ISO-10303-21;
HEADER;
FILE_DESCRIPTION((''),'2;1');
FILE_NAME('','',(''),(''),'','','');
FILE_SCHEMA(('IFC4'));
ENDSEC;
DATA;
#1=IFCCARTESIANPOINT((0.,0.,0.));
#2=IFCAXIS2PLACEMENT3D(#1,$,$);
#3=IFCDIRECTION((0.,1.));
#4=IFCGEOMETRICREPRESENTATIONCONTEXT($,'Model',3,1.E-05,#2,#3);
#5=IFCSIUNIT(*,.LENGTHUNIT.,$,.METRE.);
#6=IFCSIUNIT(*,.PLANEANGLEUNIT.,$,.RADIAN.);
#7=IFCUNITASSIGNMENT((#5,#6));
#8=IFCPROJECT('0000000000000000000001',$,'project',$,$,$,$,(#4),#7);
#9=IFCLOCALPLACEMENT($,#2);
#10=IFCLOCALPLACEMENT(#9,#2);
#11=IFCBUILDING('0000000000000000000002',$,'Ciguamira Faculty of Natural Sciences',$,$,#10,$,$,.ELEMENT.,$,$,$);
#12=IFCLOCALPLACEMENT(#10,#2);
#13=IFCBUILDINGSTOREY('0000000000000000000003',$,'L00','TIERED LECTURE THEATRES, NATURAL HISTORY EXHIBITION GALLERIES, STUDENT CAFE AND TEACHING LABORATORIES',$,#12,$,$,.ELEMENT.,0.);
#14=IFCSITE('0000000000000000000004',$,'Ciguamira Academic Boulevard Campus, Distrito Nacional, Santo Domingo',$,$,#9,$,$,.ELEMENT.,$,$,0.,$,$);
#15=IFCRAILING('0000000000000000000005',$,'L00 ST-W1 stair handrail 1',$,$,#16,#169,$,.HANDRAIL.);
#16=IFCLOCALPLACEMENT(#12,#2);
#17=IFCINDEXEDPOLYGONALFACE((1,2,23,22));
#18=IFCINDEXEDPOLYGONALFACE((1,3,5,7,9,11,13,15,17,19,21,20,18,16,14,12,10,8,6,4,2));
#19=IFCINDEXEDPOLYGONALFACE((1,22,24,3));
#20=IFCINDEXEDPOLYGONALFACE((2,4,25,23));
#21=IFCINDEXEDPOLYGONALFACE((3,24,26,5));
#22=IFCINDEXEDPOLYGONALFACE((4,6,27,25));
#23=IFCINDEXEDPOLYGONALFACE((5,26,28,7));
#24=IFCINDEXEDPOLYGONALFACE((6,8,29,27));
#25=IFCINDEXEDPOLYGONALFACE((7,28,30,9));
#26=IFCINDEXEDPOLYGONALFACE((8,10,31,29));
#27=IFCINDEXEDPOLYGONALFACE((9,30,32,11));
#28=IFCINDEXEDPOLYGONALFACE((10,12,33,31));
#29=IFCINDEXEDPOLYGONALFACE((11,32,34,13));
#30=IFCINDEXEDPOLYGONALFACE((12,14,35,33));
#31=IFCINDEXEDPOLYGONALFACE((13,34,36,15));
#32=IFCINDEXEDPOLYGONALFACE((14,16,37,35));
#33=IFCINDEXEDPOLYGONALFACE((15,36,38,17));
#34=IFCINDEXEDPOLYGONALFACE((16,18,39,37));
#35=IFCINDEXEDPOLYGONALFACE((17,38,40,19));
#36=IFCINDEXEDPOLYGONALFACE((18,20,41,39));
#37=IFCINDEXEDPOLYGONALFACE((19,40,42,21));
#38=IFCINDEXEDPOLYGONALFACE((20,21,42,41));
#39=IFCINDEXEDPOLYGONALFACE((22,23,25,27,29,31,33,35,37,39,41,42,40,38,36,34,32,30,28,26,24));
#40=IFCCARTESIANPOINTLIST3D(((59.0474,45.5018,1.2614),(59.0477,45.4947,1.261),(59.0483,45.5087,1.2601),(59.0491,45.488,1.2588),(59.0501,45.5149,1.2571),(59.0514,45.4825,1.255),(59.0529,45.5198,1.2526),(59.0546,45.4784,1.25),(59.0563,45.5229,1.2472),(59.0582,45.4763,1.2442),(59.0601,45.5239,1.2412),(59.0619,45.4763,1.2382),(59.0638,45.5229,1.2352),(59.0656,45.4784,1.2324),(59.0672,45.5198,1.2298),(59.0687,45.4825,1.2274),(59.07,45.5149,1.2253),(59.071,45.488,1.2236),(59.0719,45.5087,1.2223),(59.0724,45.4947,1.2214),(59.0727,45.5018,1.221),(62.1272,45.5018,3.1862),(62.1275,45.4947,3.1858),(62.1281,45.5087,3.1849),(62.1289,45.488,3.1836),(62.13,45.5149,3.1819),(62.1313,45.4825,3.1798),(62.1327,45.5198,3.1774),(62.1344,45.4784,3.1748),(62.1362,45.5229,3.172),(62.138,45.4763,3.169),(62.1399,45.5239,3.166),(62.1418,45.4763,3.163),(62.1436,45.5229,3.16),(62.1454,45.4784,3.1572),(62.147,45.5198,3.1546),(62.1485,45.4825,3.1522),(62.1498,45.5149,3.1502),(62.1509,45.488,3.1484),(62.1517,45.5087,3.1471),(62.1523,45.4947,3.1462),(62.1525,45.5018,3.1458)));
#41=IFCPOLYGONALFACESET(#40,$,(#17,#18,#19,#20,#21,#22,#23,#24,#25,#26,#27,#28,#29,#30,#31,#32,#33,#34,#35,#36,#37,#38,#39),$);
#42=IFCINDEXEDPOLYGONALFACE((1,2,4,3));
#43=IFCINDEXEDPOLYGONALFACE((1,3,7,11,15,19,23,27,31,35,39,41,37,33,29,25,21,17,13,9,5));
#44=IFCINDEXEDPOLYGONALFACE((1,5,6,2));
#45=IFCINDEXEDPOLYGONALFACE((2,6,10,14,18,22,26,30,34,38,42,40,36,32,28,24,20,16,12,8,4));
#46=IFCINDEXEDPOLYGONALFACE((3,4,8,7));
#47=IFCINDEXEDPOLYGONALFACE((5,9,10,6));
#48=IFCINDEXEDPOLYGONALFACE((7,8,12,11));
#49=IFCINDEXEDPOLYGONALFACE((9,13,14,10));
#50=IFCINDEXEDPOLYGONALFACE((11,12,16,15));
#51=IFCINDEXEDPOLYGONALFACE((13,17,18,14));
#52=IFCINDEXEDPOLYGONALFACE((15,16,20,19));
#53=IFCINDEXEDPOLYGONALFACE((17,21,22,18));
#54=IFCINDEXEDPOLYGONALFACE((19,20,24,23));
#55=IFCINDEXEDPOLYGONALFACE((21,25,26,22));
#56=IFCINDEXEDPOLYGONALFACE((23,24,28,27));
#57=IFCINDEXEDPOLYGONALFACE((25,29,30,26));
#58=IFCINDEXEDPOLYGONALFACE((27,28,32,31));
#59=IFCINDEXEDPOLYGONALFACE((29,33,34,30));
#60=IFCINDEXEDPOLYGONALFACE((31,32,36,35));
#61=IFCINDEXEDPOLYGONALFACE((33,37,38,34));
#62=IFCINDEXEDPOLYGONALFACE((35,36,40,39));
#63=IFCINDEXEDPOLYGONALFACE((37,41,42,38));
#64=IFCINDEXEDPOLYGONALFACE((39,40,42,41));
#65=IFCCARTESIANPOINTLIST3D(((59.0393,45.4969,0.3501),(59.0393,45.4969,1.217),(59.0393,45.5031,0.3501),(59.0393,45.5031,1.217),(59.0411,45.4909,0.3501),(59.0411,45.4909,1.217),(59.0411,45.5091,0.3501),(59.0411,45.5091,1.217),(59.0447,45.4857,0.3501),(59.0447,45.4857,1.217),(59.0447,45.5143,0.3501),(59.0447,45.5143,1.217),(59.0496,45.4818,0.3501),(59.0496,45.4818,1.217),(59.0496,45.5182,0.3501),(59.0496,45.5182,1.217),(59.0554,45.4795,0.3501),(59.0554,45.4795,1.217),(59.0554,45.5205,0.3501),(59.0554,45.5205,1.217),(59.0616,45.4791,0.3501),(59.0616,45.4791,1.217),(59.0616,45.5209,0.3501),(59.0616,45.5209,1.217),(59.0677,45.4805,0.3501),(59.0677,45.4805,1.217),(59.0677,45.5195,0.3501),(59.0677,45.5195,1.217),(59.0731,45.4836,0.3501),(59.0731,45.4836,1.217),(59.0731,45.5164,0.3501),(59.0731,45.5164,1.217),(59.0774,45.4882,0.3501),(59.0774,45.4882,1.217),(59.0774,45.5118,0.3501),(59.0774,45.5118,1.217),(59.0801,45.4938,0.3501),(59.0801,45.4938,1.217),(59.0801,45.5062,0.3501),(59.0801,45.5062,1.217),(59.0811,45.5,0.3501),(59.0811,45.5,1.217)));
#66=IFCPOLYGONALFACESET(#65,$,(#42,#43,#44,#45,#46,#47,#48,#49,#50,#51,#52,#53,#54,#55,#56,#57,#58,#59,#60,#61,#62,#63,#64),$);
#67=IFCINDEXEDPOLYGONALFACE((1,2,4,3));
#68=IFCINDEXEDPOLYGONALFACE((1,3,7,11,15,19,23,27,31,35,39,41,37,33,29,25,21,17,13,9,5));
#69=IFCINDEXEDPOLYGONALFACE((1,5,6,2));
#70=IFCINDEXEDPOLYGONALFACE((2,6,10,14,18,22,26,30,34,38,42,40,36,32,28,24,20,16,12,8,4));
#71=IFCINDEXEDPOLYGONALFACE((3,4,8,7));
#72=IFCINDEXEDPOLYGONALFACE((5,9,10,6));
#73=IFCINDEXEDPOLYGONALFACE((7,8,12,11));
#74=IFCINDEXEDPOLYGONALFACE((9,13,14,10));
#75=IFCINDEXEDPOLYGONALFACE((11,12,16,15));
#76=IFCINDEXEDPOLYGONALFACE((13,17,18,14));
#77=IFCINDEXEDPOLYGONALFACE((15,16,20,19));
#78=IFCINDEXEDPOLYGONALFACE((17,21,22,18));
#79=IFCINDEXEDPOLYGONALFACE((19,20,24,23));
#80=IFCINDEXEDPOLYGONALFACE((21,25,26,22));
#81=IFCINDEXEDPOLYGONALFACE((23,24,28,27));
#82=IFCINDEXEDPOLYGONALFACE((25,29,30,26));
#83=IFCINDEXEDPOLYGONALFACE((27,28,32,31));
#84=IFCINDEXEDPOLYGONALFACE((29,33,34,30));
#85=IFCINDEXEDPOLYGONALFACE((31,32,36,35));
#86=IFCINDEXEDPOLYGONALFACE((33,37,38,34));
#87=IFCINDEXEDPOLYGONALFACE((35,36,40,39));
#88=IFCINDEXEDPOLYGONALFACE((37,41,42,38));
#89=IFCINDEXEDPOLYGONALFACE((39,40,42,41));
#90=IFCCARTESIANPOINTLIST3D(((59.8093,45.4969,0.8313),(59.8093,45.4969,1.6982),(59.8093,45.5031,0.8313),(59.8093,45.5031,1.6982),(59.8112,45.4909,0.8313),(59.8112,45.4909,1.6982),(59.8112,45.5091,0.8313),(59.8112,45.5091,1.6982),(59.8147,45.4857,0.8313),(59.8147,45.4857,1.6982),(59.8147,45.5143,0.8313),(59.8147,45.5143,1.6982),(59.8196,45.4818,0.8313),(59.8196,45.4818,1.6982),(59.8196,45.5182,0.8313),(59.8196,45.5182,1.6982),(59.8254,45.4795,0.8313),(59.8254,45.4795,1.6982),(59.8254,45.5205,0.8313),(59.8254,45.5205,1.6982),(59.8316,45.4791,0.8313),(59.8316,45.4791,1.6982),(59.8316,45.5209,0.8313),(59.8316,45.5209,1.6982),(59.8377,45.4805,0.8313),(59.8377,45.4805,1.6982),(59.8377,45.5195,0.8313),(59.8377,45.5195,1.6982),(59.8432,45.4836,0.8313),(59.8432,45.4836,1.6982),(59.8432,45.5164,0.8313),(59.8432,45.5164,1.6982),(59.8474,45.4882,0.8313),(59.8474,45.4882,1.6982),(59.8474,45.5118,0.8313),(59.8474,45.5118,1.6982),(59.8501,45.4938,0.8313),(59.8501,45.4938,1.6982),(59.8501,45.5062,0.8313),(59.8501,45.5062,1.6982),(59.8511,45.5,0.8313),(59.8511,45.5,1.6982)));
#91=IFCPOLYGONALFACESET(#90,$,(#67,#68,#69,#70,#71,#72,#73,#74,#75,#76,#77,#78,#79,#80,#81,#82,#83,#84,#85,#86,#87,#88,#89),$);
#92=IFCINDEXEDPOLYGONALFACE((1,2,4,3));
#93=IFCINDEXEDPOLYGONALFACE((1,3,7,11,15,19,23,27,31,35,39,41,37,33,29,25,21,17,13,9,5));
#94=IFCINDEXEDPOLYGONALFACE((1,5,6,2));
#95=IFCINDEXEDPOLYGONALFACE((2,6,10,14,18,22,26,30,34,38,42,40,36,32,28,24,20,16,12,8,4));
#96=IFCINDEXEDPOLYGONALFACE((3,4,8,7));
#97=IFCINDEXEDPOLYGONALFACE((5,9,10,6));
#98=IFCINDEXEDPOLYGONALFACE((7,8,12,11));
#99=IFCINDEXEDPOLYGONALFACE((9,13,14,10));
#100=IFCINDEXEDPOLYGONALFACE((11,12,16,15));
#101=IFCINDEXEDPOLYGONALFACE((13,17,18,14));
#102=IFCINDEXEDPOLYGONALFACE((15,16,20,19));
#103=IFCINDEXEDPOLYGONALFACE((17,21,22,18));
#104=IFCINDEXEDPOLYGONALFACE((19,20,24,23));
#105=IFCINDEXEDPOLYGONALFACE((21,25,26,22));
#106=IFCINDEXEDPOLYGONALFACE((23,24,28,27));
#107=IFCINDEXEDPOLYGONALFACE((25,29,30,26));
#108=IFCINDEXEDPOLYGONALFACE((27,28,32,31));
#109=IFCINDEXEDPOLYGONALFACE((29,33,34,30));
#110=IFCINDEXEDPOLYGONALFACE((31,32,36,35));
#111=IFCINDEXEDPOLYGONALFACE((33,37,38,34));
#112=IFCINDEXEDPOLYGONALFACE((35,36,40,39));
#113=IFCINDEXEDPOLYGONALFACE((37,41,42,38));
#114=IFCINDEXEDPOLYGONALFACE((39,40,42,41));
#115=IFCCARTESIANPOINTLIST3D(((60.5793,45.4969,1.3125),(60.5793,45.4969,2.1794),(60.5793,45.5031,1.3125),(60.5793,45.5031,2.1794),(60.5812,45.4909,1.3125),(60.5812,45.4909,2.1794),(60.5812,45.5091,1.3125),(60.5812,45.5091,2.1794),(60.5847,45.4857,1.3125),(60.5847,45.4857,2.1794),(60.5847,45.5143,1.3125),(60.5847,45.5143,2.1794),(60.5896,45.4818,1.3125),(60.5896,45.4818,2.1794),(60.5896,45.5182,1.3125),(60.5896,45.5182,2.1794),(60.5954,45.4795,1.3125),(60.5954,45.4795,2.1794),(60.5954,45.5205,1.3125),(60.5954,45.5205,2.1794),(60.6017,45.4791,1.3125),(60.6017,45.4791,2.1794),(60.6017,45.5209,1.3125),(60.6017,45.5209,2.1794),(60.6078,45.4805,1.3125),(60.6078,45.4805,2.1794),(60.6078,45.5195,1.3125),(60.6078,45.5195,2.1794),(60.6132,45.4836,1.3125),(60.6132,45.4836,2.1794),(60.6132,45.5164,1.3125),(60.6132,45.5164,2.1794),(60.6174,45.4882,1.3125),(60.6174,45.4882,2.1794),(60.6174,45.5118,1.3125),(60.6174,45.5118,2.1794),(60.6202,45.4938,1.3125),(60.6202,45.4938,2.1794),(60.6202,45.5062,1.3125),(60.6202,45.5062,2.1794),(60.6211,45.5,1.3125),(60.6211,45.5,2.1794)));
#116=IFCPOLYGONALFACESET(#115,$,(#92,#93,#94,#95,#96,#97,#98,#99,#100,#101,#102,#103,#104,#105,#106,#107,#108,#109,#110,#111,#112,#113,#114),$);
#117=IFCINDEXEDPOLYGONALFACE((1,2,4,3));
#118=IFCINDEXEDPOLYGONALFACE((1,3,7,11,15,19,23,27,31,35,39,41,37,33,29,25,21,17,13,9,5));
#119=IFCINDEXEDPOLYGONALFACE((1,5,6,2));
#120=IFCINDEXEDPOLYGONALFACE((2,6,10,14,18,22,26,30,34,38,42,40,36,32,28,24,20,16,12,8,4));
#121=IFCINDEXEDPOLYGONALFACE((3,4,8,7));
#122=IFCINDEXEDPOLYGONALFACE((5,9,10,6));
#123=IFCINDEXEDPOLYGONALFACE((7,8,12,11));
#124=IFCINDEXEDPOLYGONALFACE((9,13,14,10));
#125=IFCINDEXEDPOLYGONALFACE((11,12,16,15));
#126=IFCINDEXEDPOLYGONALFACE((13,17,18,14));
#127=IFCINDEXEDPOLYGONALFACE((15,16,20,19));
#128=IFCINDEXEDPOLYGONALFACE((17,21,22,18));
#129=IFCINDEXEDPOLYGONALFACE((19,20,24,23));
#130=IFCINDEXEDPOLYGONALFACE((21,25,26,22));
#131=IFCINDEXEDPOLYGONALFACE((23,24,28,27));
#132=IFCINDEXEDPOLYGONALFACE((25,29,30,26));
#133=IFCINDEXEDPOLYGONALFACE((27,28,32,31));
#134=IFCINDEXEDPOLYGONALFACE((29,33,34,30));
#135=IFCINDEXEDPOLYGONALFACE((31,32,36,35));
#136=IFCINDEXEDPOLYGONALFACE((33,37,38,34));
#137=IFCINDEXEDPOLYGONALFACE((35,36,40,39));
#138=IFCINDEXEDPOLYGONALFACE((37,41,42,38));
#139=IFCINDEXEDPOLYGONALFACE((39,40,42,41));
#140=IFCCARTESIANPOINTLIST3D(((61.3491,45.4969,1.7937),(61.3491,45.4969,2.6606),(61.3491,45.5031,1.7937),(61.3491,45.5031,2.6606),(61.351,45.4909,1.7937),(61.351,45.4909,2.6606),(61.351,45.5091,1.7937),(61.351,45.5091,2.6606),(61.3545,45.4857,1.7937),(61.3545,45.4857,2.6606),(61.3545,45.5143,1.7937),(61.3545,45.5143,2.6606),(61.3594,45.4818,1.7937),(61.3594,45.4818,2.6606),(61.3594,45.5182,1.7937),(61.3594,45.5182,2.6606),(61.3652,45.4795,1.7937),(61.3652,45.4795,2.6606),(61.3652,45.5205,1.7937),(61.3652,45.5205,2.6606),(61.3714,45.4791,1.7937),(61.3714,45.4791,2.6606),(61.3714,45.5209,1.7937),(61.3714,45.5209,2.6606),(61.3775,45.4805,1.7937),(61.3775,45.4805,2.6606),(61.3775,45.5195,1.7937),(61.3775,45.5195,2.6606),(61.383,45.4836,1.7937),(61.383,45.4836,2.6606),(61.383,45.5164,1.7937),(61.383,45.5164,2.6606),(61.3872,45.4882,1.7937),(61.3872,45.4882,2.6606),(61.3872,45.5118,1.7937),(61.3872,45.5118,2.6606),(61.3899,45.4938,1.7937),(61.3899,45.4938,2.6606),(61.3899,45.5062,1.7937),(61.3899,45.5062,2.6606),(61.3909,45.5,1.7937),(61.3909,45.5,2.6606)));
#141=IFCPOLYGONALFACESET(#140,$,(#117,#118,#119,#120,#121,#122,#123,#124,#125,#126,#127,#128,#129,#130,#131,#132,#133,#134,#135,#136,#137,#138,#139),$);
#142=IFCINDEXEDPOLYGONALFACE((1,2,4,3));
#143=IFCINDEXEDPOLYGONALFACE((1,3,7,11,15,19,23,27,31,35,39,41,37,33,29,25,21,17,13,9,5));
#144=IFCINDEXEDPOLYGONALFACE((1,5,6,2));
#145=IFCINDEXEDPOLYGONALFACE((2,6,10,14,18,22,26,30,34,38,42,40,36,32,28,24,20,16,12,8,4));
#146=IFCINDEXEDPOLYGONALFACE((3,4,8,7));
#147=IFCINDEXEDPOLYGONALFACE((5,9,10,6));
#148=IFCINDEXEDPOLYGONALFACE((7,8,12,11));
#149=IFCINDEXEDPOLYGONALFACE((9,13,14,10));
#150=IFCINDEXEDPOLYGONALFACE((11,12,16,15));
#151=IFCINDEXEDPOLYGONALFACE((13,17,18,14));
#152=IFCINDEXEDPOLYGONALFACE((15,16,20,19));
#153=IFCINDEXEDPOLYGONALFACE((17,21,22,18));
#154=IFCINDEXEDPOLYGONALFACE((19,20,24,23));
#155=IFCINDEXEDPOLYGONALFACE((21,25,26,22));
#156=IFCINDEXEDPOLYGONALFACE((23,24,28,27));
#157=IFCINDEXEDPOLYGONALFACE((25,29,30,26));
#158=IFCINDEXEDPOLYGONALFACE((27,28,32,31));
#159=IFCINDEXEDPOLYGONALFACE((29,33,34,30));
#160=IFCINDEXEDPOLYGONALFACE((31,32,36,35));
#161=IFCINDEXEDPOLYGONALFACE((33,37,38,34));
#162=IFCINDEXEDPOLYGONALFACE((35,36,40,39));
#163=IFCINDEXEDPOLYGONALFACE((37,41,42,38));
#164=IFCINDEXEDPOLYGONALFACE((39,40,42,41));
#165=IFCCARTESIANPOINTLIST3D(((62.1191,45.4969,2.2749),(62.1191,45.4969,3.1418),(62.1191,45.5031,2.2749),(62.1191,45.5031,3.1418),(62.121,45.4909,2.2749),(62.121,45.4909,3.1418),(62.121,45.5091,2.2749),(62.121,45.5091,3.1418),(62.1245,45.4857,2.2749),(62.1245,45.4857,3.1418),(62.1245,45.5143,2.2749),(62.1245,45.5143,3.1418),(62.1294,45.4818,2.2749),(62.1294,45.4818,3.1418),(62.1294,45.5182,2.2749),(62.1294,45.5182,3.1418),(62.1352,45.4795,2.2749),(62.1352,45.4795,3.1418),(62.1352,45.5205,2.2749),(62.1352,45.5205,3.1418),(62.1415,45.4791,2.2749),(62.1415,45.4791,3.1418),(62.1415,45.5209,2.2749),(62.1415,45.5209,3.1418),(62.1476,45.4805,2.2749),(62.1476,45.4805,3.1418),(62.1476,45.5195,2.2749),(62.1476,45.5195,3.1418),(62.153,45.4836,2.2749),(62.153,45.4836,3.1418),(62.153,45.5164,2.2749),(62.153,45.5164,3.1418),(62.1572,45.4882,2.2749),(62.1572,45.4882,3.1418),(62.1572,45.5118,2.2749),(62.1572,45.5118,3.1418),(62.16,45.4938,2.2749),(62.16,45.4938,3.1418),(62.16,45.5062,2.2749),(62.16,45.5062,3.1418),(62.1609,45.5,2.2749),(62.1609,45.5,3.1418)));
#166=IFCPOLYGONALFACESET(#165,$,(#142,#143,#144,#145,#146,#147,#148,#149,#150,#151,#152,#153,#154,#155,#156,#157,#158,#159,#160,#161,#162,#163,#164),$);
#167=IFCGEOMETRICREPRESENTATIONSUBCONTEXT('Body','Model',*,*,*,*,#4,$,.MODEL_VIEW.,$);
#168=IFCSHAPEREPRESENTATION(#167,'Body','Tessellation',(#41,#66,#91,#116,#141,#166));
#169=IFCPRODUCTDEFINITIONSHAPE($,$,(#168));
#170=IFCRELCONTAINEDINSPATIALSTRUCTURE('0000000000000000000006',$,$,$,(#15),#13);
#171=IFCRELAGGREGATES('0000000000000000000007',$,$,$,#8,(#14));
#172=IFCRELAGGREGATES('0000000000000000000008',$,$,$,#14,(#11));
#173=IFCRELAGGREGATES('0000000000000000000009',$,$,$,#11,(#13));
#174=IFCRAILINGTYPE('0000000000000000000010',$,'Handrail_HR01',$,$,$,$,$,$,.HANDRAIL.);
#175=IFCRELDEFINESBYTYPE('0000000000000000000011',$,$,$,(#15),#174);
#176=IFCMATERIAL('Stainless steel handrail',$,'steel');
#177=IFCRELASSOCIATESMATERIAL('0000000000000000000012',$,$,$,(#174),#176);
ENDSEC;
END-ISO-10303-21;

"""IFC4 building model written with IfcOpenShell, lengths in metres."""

from ifc_helpers import new_model, si_unit, direction, frame, origin, origin_2d, place, context, subcontext, project, spatial, circle, extrude, material, type_object, element, save


model = new_model("IFC4")

# Units and contexts
model_context = context("Model", 3, precision=1e-05, world=origin(), true_north=direction((0.0, 1.0)))
body_context = subcontext(model_context, "Body", "Model", "MODEL_VIEW")
ifc_project = project(units=[si_unit("LENGTHUNIT", "METRE"), si_unit("PLANEANGLEUNIT", "RADIAN")], contexts=[model_context])

# Site, building, storey
site_placement = place(None, origin())
site = spatial("IfcSite", under=ifc_project, at=site_placement, Name="Ciguamira Academic Boulevard Campus, Distrito Nacional, Santo Domingo", CompositionType="ELEMENT", RefElevation=0.0)
building_placement = place(site_placement, origin())
building = spatial("IfcBuilding", under=site, at=building_placement, Name="Ciguamira Faculty of Natural Sciences", CompositionType="ELEMENT")
storey_placement = place(building_placement, origin())
storey = spatial("IfcBuildingStorey", under=building, at=storey_placement, Name="L00", Description="TIERED LECTURE THEATRES, NATURAL HISTORY EXHIBITION GALLERIES, STUDENT CAFE AND TEACHING LABORATORIES", CompositionType="ELEMENT", Elevation=0.0)

# Railing
ifc_material_1 = material(Name="Stainless steel handrail", Category="steel")
railing_type_1 = type_object("IfcRailingType", Name="Handrail_HR01", PredefinedType="HANDRAIL", material=ifc_material_1)
railing_1_placement = place(storey_placement, frame((59.0601, 45.5, 0.3501)))
element("IfcRailing", 1, at=railing_1_placement, inside=storey, type_object=railing_type_1, Name="L00 ST-W1 stair handrail 1", PredefinedType="HANDRAIL", context=body_context, shape_type="SweptSolid", body=[
    extrude(circle(Radius=0.0239, at=origin_2d()), frame((0.0, 0.0, 0.8911), z_axis=(0.84801, 0.0, 0.529981), x_axis=(0.0, 1.0, 0.0)), (0.0, 0.0, 1.0), 3.6318),
    extrude(circle(Radius=0.021, at=origin_2d()), origin(), (0.0, 0.0, 1.0), 0.8669),
    extrude(circle(Radius=0.021, at=origin_2d()), frame((0.77, 0.0, 0.4812)), (0.0, 0.0, 1.0), 0.8669),
    extrude(circle(Radius=0.021, at=origin_2d()), frame((1.54, 0.0, 0.9624)), (0.0, 0.0, 1.0), 0.8669),
    extrude(circle(Radius=0.021, at=origin_2d()), frame((2.3098, 0.0, 1.4436)), (0.0, 0.0, 1.0), 0.8669),
    extrude(circle(Radius=0.021, at=origin_2d()), frame((3.0798, 0.0, 1.9248)), (0.0, 0.0, 1.0), 0.8669),
])

save(model, "model.ifc")
